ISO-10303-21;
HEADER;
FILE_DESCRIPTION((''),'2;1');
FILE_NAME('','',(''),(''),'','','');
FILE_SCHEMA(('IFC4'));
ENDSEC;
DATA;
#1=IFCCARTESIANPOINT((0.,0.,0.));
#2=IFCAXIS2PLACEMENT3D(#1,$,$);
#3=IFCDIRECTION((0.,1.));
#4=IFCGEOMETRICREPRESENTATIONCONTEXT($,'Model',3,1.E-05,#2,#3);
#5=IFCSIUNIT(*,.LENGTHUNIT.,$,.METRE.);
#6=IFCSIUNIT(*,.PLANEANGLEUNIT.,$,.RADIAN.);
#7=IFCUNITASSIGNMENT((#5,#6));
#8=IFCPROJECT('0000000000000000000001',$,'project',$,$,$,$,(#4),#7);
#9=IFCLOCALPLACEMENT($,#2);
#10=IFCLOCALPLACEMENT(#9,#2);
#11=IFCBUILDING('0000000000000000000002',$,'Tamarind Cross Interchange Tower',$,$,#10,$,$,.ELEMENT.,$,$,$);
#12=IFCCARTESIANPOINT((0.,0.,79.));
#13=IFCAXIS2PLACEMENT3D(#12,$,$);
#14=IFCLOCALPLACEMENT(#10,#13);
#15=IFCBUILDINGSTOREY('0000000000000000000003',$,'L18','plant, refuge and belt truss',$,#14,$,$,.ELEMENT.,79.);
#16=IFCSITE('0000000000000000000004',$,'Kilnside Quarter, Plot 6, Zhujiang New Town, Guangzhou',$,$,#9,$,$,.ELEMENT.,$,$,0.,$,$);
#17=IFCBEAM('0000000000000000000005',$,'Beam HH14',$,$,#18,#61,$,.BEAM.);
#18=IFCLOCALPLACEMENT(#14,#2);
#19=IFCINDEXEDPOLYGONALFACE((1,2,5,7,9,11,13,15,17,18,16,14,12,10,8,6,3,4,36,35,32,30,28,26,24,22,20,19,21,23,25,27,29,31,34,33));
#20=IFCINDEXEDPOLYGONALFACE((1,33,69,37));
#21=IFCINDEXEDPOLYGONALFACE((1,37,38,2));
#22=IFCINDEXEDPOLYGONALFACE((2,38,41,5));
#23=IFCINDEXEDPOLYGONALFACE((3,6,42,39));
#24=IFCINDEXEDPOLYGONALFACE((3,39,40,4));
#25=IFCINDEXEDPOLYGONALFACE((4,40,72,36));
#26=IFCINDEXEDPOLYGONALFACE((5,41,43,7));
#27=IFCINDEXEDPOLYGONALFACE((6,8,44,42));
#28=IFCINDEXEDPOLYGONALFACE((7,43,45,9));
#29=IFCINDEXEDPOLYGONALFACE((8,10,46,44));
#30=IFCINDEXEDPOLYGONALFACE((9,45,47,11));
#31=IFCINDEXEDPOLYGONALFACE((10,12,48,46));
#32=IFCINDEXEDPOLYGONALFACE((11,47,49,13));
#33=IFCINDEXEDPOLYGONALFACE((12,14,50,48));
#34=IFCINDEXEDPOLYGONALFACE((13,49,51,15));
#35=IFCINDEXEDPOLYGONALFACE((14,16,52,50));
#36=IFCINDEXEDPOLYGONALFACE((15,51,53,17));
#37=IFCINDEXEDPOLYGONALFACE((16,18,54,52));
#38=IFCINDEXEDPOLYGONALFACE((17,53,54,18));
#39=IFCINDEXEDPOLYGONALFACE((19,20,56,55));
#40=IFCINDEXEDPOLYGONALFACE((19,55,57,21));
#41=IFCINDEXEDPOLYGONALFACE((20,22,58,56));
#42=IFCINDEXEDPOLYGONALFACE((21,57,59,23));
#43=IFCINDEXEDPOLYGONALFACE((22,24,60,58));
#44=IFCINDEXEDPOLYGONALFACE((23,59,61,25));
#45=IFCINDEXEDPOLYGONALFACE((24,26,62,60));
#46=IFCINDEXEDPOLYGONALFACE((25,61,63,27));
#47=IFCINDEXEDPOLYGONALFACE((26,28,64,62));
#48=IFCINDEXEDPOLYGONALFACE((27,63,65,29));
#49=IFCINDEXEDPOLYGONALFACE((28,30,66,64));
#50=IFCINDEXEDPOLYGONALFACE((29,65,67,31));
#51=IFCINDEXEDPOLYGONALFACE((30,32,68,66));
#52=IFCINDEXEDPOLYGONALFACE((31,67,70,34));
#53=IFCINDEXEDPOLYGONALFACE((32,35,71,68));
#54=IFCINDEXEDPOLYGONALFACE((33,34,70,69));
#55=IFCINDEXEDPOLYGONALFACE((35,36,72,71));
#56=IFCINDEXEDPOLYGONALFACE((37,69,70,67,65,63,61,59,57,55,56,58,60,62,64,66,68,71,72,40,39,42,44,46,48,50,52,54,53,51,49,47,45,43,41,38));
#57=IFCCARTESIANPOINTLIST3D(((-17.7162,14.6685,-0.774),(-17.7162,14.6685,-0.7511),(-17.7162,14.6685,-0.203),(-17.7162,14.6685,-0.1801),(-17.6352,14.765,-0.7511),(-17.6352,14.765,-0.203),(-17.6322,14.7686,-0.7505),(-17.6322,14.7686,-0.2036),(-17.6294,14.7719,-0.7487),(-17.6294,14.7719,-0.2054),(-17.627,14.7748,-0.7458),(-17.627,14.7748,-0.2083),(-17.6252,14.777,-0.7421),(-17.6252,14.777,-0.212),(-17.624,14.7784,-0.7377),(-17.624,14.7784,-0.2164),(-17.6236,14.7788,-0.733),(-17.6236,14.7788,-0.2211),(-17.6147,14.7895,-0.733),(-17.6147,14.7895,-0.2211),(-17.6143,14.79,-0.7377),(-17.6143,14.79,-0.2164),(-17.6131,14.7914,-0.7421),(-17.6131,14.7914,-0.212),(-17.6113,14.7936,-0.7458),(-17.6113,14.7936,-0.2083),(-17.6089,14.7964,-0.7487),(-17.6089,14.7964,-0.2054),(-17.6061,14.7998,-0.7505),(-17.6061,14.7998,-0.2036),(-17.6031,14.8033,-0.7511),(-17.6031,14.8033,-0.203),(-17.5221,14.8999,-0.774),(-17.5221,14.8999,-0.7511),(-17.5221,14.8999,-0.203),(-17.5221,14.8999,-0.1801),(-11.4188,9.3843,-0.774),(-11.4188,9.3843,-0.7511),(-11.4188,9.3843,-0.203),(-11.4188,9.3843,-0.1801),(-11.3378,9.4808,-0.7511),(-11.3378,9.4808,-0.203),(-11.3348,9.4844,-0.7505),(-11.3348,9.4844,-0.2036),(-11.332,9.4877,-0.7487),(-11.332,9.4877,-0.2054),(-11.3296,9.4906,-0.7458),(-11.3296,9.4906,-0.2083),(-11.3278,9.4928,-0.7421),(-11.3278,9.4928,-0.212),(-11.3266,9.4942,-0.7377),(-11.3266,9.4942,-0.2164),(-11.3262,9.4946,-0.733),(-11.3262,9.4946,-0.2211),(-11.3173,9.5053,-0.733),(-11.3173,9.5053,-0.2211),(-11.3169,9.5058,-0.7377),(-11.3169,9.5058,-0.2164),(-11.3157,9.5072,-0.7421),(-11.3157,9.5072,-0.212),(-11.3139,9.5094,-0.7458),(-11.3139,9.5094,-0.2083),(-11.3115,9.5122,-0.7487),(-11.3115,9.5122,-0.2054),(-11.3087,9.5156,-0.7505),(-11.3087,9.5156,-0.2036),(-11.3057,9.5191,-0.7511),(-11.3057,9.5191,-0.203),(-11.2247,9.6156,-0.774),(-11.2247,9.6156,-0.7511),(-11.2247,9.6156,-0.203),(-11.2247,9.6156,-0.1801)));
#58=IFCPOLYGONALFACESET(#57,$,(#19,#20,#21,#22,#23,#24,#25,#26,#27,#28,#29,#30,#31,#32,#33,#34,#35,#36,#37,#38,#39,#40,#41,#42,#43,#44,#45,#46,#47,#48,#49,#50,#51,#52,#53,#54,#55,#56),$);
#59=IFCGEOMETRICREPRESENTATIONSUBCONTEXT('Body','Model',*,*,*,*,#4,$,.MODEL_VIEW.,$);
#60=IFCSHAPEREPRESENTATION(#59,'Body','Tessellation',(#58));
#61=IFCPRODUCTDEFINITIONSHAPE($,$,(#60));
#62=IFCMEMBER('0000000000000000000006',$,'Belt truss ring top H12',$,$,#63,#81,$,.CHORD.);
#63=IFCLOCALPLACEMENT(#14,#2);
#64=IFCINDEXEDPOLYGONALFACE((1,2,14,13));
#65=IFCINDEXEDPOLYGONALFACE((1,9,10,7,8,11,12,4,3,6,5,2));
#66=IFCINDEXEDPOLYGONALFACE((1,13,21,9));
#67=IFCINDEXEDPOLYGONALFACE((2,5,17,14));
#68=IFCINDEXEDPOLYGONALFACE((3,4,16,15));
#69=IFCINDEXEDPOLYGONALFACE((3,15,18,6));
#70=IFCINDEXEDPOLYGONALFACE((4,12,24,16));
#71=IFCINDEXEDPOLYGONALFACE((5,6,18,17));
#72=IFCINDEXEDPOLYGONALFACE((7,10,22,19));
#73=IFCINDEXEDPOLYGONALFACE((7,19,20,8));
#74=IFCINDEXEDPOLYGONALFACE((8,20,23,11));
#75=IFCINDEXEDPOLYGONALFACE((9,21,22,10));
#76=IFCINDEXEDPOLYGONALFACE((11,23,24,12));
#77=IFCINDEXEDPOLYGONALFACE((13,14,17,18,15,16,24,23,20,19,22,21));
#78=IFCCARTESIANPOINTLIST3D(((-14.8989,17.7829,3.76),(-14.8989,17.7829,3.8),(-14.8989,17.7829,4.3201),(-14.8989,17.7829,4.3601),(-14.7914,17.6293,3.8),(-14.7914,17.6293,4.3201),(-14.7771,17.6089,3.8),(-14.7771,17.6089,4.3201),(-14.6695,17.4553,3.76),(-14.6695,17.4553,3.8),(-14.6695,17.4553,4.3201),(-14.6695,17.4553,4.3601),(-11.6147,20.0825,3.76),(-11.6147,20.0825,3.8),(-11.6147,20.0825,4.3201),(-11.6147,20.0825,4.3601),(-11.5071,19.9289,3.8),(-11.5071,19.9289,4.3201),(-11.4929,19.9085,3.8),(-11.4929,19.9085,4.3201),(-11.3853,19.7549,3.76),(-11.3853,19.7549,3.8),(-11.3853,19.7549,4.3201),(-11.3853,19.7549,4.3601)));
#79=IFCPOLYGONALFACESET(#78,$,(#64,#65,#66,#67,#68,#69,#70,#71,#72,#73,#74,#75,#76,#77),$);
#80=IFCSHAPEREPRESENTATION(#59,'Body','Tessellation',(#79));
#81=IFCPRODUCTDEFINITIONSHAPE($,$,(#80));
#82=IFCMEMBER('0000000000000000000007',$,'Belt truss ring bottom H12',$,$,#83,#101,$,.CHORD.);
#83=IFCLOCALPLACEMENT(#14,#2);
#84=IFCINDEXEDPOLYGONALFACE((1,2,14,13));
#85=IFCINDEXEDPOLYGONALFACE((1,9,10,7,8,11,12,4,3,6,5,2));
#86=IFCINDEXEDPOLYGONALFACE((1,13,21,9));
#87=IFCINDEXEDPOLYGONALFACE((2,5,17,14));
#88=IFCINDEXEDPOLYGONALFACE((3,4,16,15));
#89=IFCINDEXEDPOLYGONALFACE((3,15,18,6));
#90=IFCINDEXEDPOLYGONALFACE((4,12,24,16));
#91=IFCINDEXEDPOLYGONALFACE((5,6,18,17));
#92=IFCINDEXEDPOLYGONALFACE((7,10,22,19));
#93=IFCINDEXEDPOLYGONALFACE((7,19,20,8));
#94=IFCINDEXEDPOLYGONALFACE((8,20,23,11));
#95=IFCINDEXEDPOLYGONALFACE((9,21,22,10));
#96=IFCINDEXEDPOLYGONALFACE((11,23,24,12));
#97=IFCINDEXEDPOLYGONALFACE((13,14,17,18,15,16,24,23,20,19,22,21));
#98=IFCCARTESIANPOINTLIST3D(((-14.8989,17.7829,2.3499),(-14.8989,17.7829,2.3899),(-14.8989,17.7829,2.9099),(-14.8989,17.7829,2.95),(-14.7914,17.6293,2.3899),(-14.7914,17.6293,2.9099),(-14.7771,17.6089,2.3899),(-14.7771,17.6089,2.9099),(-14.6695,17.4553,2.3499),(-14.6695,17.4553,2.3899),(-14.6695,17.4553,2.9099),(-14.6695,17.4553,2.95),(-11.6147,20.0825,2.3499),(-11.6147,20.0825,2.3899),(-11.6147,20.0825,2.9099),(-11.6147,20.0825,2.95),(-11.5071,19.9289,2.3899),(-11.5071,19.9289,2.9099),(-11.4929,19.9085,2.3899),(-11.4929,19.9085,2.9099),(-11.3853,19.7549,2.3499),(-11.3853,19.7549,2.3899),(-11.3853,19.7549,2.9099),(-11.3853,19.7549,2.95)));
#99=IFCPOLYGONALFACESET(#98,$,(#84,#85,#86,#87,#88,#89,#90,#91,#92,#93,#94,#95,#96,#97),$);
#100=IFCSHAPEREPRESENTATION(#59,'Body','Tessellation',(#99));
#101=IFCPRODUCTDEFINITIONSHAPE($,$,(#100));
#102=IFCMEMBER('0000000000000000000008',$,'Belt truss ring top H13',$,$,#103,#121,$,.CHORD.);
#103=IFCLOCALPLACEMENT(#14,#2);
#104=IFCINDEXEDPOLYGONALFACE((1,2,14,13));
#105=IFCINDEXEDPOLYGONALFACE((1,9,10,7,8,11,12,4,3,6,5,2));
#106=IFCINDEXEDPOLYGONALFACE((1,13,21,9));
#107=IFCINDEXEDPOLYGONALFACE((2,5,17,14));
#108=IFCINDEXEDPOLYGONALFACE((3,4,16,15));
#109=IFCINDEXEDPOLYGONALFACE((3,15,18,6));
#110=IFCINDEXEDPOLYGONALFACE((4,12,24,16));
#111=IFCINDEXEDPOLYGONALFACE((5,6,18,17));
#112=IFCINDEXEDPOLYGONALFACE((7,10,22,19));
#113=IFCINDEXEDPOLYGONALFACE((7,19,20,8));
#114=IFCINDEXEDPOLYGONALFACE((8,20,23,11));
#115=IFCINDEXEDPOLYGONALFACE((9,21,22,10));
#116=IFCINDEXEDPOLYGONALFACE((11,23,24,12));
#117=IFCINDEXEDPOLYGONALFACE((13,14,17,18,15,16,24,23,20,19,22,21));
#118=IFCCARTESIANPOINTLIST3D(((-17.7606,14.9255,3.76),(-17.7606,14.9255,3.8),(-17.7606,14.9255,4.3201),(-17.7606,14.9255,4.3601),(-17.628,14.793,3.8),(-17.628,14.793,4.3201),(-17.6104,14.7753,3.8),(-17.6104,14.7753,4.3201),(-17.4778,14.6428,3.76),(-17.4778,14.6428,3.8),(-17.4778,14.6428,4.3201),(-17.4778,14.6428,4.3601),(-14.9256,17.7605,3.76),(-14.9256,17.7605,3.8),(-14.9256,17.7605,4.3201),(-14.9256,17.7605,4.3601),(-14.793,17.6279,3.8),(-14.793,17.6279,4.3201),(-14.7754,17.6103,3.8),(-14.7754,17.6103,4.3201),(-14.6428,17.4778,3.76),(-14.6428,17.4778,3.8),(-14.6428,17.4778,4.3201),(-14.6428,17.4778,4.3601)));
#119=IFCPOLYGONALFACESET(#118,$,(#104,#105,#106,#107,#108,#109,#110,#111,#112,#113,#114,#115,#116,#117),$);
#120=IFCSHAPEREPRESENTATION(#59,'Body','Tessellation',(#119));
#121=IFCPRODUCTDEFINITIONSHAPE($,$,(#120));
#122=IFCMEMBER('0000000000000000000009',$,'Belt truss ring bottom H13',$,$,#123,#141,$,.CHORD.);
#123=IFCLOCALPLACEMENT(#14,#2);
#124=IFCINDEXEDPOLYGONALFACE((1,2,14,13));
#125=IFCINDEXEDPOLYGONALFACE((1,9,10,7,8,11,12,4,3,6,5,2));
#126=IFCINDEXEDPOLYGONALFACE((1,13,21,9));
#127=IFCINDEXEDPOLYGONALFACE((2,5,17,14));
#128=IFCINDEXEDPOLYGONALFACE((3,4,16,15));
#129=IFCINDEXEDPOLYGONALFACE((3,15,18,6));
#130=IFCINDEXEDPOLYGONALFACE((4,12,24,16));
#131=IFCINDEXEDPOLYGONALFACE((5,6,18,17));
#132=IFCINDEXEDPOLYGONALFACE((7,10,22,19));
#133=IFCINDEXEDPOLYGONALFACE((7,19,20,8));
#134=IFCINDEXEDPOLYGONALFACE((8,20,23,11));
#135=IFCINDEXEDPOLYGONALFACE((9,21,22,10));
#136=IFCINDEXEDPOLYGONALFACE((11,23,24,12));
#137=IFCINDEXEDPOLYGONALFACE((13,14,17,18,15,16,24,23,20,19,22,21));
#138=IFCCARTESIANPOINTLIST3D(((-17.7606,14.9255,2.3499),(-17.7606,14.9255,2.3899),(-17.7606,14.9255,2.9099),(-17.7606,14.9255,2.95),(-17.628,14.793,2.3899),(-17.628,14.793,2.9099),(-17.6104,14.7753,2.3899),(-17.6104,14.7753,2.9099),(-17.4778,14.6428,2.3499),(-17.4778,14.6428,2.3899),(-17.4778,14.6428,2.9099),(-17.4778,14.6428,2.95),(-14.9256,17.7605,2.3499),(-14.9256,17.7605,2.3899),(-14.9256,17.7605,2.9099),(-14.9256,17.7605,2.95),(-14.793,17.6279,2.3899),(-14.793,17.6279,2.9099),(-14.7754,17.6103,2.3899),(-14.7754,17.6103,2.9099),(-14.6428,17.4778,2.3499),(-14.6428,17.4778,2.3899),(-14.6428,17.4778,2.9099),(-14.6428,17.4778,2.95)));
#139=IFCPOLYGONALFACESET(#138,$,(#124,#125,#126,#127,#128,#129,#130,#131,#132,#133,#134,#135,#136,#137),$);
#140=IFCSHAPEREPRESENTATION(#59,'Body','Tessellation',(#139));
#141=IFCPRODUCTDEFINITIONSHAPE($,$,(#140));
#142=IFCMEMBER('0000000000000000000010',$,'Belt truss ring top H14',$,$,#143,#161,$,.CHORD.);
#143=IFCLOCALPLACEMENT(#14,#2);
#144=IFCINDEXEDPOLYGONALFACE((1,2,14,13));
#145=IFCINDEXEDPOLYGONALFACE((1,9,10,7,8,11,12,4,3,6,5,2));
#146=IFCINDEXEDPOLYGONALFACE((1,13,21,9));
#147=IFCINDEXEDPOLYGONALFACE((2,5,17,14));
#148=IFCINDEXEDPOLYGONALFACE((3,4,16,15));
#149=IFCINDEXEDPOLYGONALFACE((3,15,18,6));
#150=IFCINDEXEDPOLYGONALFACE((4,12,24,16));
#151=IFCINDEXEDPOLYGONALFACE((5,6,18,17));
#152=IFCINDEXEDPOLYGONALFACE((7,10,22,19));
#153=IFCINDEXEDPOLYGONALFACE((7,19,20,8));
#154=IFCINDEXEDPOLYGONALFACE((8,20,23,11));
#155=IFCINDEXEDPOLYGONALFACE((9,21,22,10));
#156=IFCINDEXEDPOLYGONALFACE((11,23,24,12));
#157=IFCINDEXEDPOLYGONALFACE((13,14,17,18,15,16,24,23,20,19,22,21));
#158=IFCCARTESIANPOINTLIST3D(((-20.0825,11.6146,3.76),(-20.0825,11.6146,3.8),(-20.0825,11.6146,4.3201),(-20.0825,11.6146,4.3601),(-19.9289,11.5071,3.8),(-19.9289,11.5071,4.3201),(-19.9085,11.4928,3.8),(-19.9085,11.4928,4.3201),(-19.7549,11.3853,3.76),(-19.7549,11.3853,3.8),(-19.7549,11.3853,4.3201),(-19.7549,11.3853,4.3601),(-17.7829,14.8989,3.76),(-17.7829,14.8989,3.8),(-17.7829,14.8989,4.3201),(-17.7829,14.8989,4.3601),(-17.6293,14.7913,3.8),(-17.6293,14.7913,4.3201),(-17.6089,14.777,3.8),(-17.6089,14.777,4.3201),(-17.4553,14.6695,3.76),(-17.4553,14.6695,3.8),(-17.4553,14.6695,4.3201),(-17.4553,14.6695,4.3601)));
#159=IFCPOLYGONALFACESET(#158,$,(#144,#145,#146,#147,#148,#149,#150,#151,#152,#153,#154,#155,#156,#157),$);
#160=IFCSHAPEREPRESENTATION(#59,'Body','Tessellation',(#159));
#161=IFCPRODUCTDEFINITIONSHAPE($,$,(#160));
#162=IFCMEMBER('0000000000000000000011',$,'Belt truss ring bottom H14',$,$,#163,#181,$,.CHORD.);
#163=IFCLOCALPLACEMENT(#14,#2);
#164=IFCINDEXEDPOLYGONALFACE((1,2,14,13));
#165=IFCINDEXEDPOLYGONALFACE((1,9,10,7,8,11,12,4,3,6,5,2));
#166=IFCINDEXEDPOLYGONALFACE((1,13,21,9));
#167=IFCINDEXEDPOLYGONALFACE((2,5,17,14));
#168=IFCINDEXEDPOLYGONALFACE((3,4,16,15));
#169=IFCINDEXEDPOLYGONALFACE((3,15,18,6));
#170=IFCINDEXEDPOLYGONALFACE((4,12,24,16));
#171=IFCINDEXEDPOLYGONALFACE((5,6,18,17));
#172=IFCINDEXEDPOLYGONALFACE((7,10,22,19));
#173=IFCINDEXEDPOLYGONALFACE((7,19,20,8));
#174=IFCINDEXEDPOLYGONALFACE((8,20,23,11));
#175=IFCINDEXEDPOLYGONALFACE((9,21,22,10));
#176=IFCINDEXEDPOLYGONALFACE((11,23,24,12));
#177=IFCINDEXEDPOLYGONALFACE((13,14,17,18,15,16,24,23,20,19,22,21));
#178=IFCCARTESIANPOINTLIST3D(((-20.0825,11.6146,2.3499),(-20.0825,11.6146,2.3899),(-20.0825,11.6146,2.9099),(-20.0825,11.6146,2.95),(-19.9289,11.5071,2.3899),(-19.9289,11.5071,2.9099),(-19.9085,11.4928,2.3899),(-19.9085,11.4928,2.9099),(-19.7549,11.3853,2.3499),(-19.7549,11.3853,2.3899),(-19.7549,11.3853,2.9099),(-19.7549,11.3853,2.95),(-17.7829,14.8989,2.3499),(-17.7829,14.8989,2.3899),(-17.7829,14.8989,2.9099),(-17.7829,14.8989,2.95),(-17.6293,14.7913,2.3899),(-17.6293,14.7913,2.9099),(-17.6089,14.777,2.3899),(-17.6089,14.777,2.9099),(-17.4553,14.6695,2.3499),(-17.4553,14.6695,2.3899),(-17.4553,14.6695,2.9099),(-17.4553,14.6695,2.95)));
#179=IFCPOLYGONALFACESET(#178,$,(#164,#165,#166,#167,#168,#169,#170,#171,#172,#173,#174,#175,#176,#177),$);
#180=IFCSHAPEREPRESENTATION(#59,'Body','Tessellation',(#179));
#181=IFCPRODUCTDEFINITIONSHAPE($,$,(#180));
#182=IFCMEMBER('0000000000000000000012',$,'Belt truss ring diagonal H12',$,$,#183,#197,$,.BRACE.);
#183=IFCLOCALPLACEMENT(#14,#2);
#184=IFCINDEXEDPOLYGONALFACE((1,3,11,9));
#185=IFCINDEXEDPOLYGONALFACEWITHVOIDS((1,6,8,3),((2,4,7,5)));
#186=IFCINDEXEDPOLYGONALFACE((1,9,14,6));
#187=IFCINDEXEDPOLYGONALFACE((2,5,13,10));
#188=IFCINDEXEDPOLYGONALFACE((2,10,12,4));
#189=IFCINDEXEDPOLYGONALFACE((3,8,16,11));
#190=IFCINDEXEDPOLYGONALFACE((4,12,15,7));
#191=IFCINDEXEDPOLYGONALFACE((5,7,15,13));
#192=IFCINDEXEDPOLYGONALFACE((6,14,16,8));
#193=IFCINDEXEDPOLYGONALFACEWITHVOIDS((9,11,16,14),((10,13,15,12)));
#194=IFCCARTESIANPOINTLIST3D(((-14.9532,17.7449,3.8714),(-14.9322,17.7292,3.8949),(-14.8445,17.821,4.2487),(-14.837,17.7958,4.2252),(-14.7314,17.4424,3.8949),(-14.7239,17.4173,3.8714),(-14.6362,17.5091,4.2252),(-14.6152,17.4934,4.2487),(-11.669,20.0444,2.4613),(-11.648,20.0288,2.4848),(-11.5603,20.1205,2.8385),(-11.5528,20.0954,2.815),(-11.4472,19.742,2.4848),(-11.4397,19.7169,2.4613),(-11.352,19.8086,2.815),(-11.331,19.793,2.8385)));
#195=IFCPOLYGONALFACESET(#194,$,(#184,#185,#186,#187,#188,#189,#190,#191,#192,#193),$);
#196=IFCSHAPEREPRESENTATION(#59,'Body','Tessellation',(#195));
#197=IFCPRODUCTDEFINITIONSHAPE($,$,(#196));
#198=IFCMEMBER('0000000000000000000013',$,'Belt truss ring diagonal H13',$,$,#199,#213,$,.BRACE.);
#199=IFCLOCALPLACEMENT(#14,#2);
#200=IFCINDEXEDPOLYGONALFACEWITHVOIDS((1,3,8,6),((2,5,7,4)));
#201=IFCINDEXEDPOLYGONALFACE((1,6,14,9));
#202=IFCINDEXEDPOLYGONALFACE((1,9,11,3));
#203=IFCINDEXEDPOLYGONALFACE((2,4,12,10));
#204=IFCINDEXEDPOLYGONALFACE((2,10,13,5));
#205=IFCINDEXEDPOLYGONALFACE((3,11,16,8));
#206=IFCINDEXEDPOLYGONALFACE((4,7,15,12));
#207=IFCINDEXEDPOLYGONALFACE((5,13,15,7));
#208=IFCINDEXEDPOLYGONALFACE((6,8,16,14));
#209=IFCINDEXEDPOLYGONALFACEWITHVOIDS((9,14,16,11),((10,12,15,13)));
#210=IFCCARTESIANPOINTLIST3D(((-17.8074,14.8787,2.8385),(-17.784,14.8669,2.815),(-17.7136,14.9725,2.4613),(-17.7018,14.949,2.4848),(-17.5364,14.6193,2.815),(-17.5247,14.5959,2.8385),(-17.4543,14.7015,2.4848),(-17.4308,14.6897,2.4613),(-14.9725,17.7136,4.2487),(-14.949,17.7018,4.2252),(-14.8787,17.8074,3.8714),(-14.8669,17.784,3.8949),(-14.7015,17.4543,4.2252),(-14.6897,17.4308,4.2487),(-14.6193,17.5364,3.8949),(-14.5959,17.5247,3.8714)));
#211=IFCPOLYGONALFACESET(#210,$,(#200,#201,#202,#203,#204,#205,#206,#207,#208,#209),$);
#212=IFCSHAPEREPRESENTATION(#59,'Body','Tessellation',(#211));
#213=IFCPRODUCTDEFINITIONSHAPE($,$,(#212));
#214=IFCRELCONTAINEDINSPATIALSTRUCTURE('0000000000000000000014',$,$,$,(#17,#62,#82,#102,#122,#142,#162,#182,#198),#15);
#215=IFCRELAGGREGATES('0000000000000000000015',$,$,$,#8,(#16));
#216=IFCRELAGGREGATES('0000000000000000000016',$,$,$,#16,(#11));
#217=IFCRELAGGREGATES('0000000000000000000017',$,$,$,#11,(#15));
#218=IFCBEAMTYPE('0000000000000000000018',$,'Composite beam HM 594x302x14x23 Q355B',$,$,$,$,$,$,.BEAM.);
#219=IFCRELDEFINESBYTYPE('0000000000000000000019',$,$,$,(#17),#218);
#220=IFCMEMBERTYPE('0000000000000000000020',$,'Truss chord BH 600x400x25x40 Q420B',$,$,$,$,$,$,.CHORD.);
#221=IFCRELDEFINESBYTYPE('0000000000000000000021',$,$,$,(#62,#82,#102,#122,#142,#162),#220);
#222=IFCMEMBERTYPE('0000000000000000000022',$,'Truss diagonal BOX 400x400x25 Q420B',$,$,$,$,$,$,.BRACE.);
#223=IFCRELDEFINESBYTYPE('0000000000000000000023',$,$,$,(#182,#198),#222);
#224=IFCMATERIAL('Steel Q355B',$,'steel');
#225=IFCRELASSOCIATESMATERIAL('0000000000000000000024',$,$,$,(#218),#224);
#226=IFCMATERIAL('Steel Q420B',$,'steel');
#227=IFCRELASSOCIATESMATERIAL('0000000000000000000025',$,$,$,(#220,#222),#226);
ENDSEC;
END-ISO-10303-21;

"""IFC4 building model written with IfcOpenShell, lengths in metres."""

from ifc_helpers import new_model, si_unit, direction, frame, origin, origin_2d, place, context, subcontext, project, spatial, hollow_rectangle, i_section, extrude, material, material_profile, profile_set, type_object, element, save


model = new_model("IFC4")

# Units and contexts
model_context = context("Model", 3, precision=1e-05, world=origin(), true_north=direction((0.0, 1.0)))
body_context = subcontext(model_context, "Body", "Model", "MODEL_VIEW")
ifc_project = project(units=[si_unit("LENGTHUNIT", "METRE"), si_unit("PLANEANGLEUNIT", "RADIAN")], contexts=[model_context])

# Site, building, storey
site_placement = place(None, origin())
site = spatial("IfcSite", under=ifc_project, at=site_placement, Name="Kilnside Quarter, Plot 6, Zhujiang New Town, Guangzhou", CompositionType="ELEMENT", RefElevation=0.0)
building_placement = place(site_placement, origin())
building = spatial("IfcBuilding", under=site, at=building_placement, Name="Tamarind Cross Interchange Tower", CompositionType="ELEMENT")
storey_placement = place(building_placement, frame((0.0, 0.0, 79.0)))
storey = spatial("IfcBuildingStorey", under=building, at=storey_placement, Name="L18", Description="plant, refuge and belt truss", CompositionType="ELEMENT", Elevation=79.0)

# Beam
ifc_material_1 = material(Name="Steel Q355B", Category="steel")
ifc_material_profile_1 = material_profile(ifc_material_1, i_section(OverallWidth=0.302, OverallDepth=0.594, WebThickness=0.0139, FlangeThickness=0.0229, FilletRadius=0.0181, at=origin_2d()), Name="HM 594x302x14x23")
ifc_profile_set_1 = profile_set([ifc_material_profile_1], Name="Steel Q355B")
beam_type = type_object("IfcBeamType", Name="Composite beam HM 594x302x14x23 Q355B", PredefinedType="BEAM", material=ifc_profile_set_1)
beam_1_placement = place(storey_placement, frame((-17.6191, 14.7842, -0.4771), z_axis=(0.766041, -0.642792, 0.0), x_axis=(0.642792, 0.766041, 0.0)))
element("IfcBeam", 1, at=beam_1_placement, inside=storey, type_object=beam_type, Name="Beam HH14", PredefinedType="BEAM", context=body_context, shape_type="SweptSolid", body=[
    extrude(i_section(OverallWidth=0.302, OverallDepth=0.594, WebThickness=0.0139, FlangeThickness=0.0229, FilletRadius=0.0181, at=origin_2d()), origin(), (0.0, 0.0, 1.0), 8.2207),
])

# Members
ifc_material_2 = material(Name="Steel Q420B", Category="steel")
ifc_material_profile_2 = material_profile(ifc_material_2, i_section(OverallWidth=0.3999, OverallDepth=0.6001, WebThickness=0.0249, FlangeThickness=0.04, at=origin_2d()), Name="BH 600x400x25x40")
ifc_profile_set_2 = profile_set([ifc_material_profile_2], Name="Steel Q420B")
member_type_1 = type_object("IfcMemberType", Name="Truss chord BH 600x400x25x40 Q420B", PredefinedType="CHORD", material=ifc_profile_set_2)
for number, where, z_axis, x_axis, name in (
    (2, (-11.5, 19.9187, 4.0601), (-0.819158, -0.573569, 0.0), (0.573569, -0.819158, 0.0), "Belt truss ring top H12"),
    (3, (-11.5, 19.9187, 2.6499), (-0.819158, -0.573569, 0.0), (0.573569, -0.819158, 0.0), "Belt truss ring bottom H12"),
    (4, (-14.7842, 17.6191, 4.0601), (-0.707107, -0.707107, 0.0), (0.707107, -0.707107, 0.0), "Belt truss ring top H13"),
    (5, (-14.7842, 17.6191, 2.6499), (-0.707107, -0.707107, 0.0), (0.707107, -0.707107, 0.0), "Belt truss ring bottom H13"),
    (6, (-17.6191, 14.7842, 4.0601), (-0.573569, -0.819158, 0.0), (0.819158, -0.573569, 0.0), "Belt truss ring top H14"),
    (7, (-17.6191, 14.7842, 2.6499), (-0.573569, -0.819158, 0.0), (0.819158, -0.573569, 0.0), "Belt truss ring bottom H14"),
):
    element("IfcMember", number, at=place(storey_placement, frame(where, z_axis=z_axis, x_axis=x_axis)), inside=storey, type_object=member_type_1, Name=name, PredefinedType="CHORD", context=body_context, shape_type="SweptSolid", body=[
        extrude(i_section(OverallWidth=0.3999, OverallDepth=0.6001, WebThickness=0.0249, FlangeThickness=0.04, at=origin_2d()), origin(), (0.0, 0.0, 1.0), 4.0093),
    ])
ifc_material_profile_3 = material_profile(ifc_material_2, hollow_rectangle(XDim=0.3999, YDim=0.3999, WallThickness=0.0249, at=origin_2d()), Name="BOX 400x400x25")
ifc_profile_set_3 = profile_set([ifc_material_profile_3], Name="Steel Q420B")
member_type_2 = type_object("IfcMemberType", Name="Truss diagonal BOX 400x400x25 Q420B", PredefinedType="BRACE", material=ifc_profile_set_3)
for number, where, z_axis, x_axis, name in (
    (8, (-11.5, 19.9187, 2.6499), (-0.772751, -0.541075, 0.331803), (0.573569, -0.819158, 0.0), "Belt truss ring diagonal H12"),
    (9, (-14.7842, 17.6191, 4.0601), (-0.667049, -0.667049, -0.331801), (0.707107, -0.707107, 0.0), "Belt truss ring diagonal H13"),
):
    element("IfcMember", number, at=place(storey_placement, frame(where, z_axis=z_axis, x_axis=x_axis)), inside=storey, type_object=member_type_2, Name=name, PredefinedType="BRACE", context=body_context, shape_type="SweptSolid", body=[
        extrude(hollow_rectangle(XDim=0.3999, YDim=0.3999, WallThickness=0.0249, at=origin_2d()), origin(), (0.0, 0.0, 1.0), 4.25),
    ])

save(model, "model.ifc")
